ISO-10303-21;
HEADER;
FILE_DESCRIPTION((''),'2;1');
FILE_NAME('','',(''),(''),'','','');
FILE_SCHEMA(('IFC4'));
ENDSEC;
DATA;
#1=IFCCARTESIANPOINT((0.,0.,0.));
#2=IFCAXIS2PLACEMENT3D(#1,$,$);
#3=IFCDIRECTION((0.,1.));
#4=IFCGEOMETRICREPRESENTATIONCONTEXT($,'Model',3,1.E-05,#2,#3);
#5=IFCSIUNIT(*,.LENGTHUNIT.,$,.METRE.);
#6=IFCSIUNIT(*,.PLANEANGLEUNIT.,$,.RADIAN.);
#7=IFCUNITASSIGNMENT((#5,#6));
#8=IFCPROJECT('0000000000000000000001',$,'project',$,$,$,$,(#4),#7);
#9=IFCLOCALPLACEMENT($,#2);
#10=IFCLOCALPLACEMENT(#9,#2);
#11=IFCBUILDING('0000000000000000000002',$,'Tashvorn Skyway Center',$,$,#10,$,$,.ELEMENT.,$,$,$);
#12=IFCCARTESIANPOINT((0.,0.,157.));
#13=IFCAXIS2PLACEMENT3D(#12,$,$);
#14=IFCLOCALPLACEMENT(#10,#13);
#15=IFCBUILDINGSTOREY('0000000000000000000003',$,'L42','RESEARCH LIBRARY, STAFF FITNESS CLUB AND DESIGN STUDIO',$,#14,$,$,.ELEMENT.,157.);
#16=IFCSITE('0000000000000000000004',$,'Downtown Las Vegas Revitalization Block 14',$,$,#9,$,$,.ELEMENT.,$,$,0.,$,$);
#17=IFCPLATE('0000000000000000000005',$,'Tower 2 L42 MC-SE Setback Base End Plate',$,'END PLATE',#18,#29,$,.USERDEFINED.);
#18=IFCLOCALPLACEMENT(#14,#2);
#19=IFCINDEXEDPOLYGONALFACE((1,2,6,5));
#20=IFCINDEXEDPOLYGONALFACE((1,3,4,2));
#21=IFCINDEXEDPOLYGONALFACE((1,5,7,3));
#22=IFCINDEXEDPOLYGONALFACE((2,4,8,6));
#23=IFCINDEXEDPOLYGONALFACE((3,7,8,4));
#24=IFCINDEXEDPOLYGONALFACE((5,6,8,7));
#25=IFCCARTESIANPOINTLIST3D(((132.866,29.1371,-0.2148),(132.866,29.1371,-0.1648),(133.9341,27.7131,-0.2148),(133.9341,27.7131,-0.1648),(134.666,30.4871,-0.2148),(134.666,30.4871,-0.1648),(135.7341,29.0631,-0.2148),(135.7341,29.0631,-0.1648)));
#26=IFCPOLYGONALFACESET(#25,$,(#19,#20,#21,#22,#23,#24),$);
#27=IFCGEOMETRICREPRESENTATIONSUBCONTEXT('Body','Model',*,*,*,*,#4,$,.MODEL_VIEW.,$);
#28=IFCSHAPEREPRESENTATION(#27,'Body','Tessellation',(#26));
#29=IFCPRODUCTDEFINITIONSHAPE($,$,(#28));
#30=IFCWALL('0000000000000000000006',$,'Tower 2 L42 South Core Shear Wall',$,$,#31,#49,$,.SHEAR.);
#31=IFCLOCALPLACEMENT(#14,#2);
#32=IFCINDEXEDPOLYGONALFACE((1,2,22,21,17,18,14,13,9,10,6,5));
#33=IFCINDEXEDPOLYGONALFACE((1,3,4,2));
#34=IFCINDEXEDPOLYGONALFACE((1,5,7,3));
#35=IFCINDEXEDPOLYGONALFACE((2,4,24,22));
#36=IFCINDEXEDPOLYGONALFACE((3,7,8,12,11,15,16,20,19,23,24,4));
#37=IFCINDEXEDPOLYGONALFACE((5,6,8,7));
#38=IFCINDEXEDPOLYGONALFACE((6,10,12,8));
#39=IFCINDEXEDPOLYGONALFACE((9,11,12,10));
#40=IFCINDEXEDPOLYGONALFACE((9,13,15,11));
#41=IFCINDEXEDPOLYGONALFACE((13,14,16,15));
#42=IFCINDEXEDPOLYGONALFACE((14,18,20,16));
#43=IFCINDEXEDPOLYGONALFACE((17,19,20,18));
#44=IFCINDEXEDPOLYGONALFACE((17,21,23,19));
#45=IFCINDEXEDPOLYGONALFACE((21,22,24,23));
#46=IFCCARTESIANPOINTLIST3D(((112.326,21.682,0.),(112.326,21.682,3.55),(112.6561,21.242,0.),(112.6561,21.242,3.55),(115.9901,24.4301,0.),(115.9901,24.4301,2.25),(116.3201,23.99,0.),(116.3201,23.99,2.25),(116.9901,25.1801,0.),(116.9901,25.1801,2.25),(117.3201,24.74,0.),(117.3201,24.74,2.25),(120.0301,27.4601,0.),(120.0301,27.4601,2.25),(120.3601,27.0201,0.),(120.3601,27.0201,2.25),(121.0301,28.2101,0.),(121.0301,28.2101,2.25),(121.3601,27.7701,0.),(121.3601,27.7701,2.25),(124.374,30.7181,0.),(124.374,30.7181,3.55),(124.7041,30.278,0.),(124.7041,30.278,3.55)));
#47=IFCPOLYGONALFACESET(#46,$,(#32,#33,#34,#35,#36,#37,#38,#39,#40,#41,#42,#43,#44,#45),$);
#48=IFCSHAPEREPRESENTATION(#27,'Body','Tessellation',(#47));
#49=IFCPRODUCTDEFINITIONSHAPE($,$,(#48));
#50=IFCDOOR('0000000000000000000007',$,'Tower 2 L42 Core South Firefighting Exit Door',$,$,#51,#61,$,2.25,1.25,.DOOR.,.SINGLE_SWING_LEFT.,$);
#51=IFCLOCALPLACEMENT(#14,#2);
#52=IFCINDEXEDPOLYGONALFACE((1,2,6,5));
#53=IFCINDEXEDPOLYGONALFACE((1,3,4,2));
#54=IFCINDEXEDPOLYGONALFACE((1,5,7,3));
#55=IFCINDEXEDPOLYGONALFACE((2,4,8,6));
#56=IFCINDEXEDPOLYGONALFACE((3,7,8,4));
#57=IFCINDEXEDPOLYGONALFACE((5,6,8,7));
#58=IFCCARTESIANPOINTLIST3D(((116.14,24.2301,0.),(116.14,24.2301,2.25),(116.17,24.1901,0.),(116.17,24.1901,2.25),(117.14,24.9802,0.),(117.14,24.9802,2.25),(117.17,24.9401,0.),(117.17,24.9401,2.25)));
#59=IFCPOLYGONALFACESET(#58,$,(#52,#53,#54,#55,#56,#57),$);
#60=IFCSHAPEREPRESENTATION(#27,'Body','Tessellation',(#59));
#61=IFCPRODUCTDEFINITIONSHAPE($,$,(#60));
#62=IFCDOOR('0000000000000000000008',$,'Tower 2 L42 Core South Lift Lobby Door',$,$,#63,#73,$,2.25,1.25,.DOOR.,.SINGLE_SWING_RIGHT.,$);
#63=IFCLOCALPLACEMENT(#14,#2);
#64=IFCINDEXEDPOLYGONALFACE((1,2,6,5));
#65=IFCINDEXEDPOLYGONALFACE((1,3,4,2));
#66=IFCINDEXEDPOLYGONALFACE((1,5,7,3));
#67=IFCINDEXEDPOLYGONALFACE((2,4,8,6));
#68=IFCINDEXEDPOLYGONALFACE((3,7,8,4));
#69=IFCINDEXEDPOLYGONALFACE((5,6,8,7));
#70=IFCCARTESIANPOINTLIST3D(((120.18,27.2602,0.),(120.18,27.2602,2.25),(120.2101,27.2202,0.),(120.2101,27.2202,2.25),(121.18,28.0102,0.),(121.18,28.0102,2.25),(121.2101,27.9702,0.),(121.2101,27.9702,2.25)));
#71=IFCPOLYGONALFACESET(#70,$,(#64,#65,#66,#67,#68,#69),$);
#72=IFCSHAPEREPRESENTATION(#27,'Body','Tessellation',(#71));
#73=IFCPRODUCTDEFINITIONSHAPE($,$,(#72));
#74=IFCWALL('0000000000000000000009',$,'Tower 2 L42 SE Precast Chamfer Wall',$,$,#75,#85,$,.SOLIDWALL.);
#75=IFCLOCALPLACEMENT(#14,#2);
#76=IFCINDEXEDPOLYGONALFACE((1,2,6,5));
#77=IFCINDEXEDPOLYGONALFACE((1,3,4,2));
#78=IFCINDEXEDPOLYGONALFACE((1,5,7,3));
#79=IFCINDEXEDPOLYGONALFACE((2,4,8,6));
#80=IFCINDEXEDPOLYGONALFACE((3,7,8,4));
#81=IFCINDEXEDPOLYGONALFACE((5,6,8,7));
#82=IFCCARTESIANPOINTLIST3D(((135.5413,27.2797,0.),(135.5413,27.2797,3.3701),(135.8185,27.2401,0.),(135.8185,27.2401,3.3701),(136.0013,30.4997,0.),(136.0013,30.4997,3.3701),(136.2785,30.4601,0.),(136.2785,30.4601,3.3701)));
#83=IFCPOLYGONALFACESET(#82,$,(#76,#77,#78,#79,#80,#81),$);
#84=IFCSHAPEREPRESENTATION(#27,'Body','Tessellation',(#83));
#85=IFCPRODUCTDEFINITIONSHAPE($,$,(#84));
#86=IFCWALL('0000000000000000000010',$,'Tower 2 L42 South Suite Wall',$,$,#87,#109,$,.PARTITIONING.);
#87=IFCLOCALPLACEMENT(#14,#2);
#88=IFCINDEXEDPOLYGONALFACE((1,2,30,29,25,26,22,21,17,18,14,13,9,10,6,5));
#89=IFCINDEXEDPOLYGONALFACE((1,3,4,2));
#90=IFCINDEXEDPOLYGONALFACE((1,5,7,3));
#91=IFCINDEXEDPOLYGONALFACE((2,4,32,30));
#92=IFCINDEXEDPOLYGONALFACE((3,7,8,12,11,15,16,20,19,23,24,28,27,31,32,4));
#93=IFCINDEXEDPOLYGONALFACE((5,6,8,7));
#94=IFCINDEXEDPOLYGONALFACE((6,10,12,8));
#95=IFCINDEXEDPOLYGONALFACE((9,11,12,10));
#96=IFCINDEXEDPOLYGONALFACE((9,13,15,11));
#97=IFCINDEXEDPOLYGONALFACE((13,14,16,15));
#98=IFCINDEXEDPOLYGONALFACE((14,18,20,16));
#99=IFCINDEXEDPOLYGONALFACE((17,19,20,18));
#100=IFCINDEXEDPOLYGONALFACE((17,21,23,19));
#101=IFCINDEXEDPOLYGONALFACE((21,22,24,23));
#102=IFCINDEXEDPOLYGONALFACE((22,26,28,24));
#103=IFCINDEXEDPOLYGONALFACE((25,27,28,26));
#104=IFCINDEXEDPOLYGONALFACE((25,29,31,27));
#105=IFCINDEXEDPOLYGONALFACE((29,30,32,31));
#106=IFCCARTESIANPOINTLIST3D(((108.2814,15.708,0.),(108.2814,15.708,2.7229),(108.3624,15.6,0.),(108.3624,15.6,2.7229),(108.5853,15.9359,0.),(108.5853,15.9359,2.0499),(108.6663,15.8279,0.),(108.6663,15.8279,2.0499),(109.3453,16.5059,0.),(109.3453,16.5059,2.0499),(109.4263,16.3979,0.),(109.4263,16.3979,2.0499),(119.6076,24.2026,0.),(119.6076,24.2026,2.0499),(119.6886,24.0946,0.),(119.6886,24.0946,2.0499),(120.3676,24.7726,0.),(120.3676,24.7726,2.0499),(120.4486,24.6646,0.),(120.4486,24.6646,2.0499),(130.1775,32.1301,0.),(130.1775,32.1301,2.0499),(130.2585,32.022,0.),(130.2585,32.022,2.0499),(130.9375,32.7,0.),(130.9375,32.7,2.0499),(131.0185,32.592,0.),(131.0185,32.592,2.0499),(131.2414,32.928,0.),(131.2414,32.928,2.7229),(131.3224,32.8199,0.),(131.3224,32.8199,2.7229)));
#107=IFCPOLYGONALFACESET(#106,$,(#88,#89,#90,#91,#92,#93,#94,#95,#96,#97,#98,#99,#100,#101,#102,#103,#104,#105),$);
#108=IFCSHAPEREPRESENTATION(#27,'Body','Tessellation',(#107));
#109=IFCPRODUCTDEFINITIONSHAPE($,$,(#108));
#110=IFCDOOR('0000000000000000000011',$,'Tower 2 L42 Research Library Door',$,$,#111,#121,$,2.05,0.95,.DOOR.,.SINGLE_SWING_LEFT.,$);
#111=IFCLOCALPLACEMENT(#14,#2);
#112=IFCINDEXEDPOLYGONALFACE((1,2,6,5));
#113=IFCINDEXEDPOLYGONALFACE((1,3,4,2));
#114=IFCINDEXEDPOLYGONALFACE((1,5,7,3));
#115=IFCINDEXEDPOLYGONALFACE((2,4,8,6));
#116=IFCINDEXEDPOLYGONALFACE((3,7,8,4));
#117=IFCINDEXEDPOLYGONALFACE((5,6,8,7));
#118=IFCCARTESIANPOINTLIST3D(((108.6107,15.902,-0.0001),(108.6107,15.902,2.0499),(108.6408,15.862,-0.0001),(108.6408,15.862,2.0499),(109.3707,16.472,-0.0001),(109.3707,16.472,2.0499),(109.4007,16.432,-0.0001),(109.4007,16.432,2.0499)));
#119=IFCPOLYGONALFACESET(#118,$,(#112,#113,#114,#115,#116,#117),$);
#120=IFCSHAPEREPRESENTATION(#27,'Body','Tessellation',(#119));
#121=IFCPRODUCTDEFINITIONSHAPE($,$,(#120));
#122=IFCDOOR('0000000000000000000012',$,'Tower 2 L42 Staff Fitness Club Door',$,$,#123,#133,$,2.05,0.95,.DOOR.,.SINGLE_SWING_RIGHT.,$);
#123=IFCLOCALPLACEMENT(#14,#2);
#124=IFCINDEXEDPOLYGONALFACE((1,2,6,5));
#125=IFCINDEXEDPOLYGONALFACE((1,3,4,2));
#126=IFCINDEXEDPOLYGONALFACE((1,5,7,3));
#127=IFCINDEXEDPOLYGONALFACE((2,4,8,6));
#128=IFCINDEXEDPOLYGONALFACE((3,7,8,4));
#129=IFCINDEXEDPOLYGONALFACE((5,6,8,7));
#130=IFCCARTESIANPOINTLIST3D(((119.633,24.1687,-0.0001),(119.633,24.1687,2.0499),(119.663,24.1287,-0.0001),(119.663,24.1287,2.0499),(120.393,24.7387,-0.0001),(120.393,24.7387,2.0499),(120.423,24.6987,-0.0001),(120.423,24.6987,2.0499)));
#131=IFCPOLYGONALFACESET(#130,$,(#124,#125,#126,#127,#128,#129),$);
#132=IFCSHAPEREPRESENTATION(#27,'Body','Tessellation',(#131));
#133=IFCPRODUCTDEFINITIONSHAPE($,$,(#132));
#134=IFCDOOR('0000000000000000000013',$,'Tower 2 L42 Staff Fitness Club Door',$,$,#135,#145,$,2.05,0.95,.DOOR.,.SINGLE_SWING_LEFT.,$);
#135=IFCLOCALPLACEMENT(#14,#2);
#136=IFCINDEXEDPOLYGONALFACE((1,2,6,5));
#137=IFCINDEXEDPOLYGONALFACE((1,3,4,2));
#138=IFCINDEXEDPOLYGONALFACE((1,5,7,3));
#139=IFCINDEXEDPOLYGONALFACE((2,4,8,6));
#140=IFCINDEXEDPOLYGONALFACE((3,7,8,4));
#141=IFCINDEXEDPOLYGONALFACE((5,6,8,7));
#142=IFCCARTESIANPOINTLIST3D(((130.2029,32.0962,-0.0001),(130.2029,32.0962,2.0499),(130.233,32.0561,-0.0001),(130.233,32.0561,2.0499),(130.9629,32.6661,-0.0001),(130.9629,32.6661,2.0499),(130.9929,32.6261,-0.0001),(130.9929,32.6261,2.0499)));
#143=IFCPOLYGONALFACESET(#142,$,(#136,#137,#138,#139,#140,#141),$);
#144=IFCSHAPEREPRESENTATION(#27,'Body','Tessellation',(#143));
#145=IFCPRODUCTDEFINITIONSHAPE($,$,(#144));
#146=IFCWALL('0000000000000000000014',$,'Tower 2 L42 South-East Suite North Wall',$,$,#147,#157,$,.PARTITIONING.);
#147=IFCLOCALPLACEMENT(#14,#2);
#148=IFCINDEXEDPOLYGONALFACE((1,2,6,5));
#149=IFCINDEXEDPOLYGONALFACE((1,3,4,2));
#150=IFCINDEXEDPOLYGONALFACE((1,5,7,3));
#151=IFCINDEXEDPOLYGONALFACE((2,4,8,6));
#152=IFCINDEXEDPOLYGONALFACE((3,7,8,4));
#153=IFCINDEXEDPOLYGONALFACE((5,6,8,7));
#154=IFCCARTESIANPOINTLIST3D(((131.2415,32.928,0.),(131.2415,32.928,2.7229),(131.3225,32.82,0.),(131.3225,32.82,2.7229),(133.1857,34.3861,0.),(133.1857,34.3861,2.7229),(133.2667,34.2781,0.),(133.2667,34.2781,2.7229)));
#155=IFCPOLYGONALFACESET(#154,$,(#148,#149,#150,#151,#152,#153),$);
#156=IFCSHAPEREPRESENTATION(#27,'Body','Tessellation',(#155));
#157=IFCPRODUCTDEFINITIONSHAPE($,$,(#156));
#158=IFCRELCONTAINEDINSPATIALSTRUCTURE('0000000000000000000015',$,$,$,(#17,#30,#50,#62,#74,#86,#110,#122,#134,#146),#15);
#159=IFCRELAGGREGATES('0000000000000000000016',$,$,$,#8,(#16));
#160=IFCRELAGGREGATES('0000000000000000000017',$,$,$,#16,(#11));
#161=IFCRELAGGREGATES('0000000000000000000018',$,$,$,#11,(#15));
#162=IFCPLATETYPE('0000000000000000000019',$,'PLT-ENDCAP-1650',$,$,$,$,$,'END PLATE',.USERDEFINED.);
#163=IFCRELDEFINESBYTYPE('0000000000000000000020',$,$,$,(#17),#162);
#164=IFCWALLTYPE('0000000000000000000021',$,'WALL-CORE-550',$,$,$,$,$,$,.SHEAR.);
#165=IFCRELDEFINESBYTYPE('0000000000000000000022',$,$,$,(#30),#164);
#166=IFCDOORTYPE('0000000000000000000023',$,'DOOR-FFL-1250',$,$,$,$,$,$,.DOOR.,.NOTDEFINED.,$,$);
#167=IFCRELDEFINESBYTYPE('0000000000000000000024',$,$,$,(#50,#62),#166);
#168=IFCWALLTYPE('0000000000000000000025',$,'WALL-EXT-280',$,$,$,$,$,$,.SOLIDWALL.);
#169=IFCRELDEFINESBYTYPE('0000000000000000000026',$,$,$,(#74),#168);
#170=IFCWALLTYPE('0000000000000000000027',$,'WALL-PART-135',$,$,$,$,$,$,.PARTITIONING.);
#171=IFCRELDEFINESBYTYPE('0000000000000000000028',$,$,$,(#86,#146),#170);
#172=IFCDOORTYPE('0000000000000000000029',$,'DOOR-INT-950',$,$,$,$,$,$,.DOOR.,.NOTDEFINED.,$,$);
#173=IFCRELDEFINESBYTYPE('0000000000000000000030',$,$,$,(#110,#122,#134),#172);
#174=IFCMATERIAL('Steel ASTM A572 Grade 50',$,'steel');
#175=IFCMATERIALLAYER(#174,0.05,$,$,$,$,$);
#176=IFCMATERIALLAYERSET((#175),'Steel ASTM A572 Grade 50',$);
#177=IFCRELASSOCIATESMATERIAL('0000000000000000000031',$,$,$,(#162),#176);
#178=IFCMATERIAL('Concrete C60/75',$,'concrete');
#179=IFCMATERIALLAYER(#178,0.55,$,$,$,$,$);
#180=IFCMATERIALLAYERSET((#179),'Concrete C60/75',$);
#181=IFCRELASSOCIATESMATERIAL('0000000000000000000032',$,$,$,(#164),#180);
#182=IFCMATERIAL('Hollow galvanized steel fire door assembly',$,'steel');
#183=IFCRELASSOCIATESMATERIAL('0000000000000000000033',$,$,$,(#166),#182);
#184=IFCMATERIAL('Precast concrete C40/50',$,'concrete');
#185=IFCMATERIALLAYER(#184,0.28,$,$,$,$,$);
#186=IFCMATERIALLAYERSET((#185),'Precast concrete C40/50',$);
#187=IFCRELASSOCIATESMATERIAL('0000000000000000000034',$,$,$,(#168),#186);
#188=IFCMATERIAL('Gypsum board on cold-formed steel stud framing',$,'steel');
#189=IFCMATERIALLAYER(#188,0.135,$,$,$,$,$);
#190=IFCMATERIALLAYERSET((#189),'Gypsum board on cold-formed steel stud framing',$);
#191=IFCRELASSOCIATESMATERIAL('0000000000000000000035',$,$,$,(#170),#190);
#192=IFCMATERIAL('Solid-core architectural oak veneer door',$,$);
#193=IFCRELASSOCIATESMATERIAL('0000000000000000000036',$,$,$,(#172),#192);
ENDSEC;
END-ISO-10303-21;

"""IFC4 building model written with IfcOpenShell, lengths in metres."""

from ifc_helpers import new_model, si_unit, direction, frame, frame_2d, origin, origin_2d, place, context, subcontext, project, spatial, rectangle, extrude, material, layer, layer_set, type_object, element, fill, save


model = new_model("IFC4")

# Units and contexts
model_context = context("Model", 3, precision=1e-05, world=origin(), true_north=direction((0.0, 1.0)))
body_context = subcontext(model_context, "Body", "Model", "MODEL_VIEW")
ifc_project = project(units=[si_unit("LENGTHUNIT", "METRE"), si_unit("PLANEANGLEUNIT", "RADIAN")], contexts=[model_context])

# Site, building, storey
site_placement = place(None, origin())
site = spatial("IfcSite", under=ifc_project, at=site_placement, Name="Downtown Las Vegas Revitalization Block 14", CompositionType="ELEMENT", RefElevation=0.0)
building_placement = place(site_placement, origin())
building = spatial("IfcBuilding", under=site, at=building_placement, Name="Tashvorn Skyway Center", CompositionType="ELEMENT")
storey_placement = place(building_placement, frame((0.0, 0.0, 157.0)))
storey = spatial("IfcBuildingStorey", under=building, at=storey_placement, Name="L42", Description="RESEARCH LIBRARY, STAFF FITNESS CLUB AND DESIGN STUDIO", CompositionType="ELEMENT", Elevation=157.0)

# Shared definitions
ifc_material_1 = material(Name="Steel ASTM A572 Grade 50", Category="steel")

# Plate
ifc_layer_1 = layer(ifc_material_1, 0.05)
ifc_layer_set_1 = layer_set([ifc_layer_1], Name="Steel ASTM A572 Grade 50")
plate_type = type_object("IfcPlateType", Name="PLT-ENDCAP-1650", ElementType="END PLATE", PredefinedType="USERDEFINED", material=ifc_layer_set_1)
plate_placement = place(storey_placement, frame((134.3, 29.1001, -0.2148), z_axis=(0.0, 0.0, 1.0), x_axis=(0.8, 0.6, 0.0)))
element("IfcPlate", 1, at=plate_placement, inside=storey, type_object=plate_type, Name="Tower 2 L42 MC-SE Setback Base End Plate", ObjectType="END PLATE", PredefinedType="USERDEFINED", context=body_context, shape_type="SweptSolid", body=[
    extrude(rectangle(XDim=2.25, YDim=1.78, at=origin_2d()), origin(), (0.0, 0.0, 1.0), 0.05),
])

# Wall, openings, doors
ifc_material_2 = material(Name="Concrete C60/75", Category="concrete")
ifc_layer_2 = layer(ifc_material_2, 0.55)
ifc_layer_set_2 = layer_set([ifc_layer_2], Name="Concrete C60/75")
wall_type_1 = type_object("IfcWallType", Name="WALL-CORE-550", PredefinedType="SHEAR", material=ifc_layer_set_2)
wall_1_placement = place(storey_placement, frame((124.5391, 30.498, 0.0), z_axis=(0.0, 0.0, 1.0), x_axis=(-0.799998, -0.600003, 0.0)))
wall_1 = element("IfcWall", 2, at=wall_1_placement, inside=storey, type_object=wall_type_1, Name="Tower 2 L42 South Core Shear Wall", PredefinedType="SHEAR", context=body_context, shape_type="SweptSolid", body=[
    extrude(rectangle(XDim=15.0601, YDim=0.55, at=frame_2d((7.53, 0.0))), origin(), (0.0, 0.0, 1.0), 3.55),
])
opening_1_placement = place(wall_1_placement, frame((9.23, 0.0, 0.0)))
opening_1 = element("IfcOpeningElement", 3, at=opening_1_placement, cuts=wall_1, PredefinedType="OPENING", context=body_context, shape_type="SweptSolid", body=[
    extrude(rectangle(XDim=1.25, YDim=2.25, at=frame_2d((0.625, 1.125))), frame((0.0, 0.2849, 0.0), z_axis=(0.0, -1.0, 0.0), x_axis=(1.0, 0.0, 0.0)), (0.0, 0.0, 1.0), 0.5701),
])
opening_2_placement = place(wall_1_placement, frame((4.1799, 0.0, 0.0)))
opening_2 = element("IfcOpeningElement", 4, at=opening_2_placement, cuts=wall_1, PredefinedType="OPENING", context=body_context, shape_type="SweptSolid", body=[
    extrude(rectangle(XDim=1.25, YDim=2.25, at=frame_2d((0.625, 1.125))), frame((0.0, 0.2849, 0.0), z_axis=(0.0, -1.0, 0.0), x_axis=(1.0, 0.0, 0.0)), (0.0, 0.0, 1.0), 0.5701),
])
ifc_material_3 = material(Name="Hollow galvanized steel fire door assembly", Category="steel")
door_type_1 = type_object("IfcDoorType", Name="DOOR-FFL-1250", OperationType="NOTDEFINED", PredefinedType="DOOR", material=ifc_material_3)
door_1_placement = place(opening_1_placement, origin())
door_1 = element("IfcDoor", 5, at=door_1_placement, inside=storey, type_object=door_type_1, Name="Tower 2 L42 Core South Firefighting Exit Door", OperationType="SINGLE_SWING_LEFT", OverallHeight=2.25, OverallWidth=1.25, PredefinedType="DOOR", context=body_context, shape_type="SweptSolid", body=[
    extrude(rectangle(XDim=1.25, YDim=2.25, at=frame_2d((0.625, 1.125))), frame((0.0, 0.0249, 0.0), z_axis=(0.0, -1.0, 0.0), x_axis=(1.0, 0.0, 0.0)), (0.0, 0.0, 1.0), 0.05),
])
fill(opening_1, door_1)
door_2_placement = place(opening_2_placement, origin())
door_2 = element("IfcDoor", 6, at=door_2_placement, inside=storey, type_object=door_type_1, Name="Tower 2 L42 Core South Lift Lobby Door", OperationType="SINGLE_SWING_RIGHT", OverallHeight=2.25, OverallWidth=1.25, PredefinedType="DOOR", context=body_context, shape_type="SweptSolid", body=[
    extrude(rectangle(XDim=1.25, YDim=2.25, at=frame_2d((0.625, 1.125))), frame((0.0, 0.0249, 0.0), z_axis=(0.0, -1.0, 0.0), x_axis=(1.0, 0.0, 0.0)), (0.0, 0.0, 1.0), 0.05),
])
fill(opening_2, door_2)

# Wall
ifc_material_4 = material(Name="Precast concrete C40/50", Category="concrete")
ifc_layer_3 = layer(ifc_material_4, 0.28)
ifc_layer_set_3 = layer_set([ifc_layer_3], Name="Precast concrete C40/50")
wall_type_2 = type_object("IfcWallType", Name="WALL-EXT-280", PredefinedType="SOLIDWALL", material=ifc_layer_set_3)
wall_2_placement = place(storey_placement, frame((136.1399, 30.48, 0.0), z_axis=(0.0, 0.0, 1.0), x_axis=(-0.141411, -0.989951, 0.0)))
element("IfcWall", 7, at=wall_2_placement, inside=storey, type_object=wall_type_2, Name="Tower 2 L42 SE Precast Chamfer Wall", PredefinedType="SOLIDWALL", context=body_context, shape_type="SweptSolid", body=[
    extrude(rectangle(XDim=3.2527, YDim=0.28, at=frame_2d((1.6265, 0.0))), origin(), (0.0, 0.0, 1.0), 3.3701),
])

# Wall, openings, doors
ifc_material_5 = material(Name="Gypsum board on cold-formed steel stud framing", Category="steel")
ifc_layer_4 = layer(ifc_material_5, 0.135)
ifc_layer_set_4 = layer_set([ifc_layer_4], Name="Gypsum board on cold-formed steel stud framing")
wall_type_3 = type_object("IfcWallType", Name="WALL-PART-135", PredefinedType="PARTITIONING", material=ifc_layer_set_4)
wall_3_placement = place(storey_placement, frame((131.282, 32.874, 0.0), z_axis=(0.0, 0.0, 1.0), x_axis=(-0.8, -0.6, 0.0)))
wall_3 = element("IfcWall", 8, at=wall_3_placement, inside=storey, type_object=wall_type_3, Name="Tower 2 L42 South Suite Wall", PredefinedType="PARTITIONING", context=body_context, shape_type="SweptSolid", body=[
    extrude(rectangle(XDim=28.7, YDim=0.135, at=frame_2d((14.3501, 0.0))), origin(), (0.0, 0.0, 1.0), 2.7229),
])
opening_3_placement = place(wall_3_placement, frame((27.3701, 0.0, 0.0)))
opening_3 = element("IfcOpeningElement", 9, at=opening_3_placement, cuts=wall_3, PredefinedType="OPENING", context=body_context, shape_type="SweptSolid", body=[
    extrude(rectangle(XDim=0.95, YDim=2.05, at=frame_2d((0.4751, 1.0249))), frame((0.0, 0.0774, 0.0), z_axis=(0.0, -1.0, 0.0), x_axis=(1.0, 0.0, 0.0)), (0.0, 0.0, 1.0), 0.155),
])
opening_4_placement = place(wall_3_placement, frame((13.5923, 0.0, 0.0)))
opening_4 = element("IfcOpeningElement", 10, at=opening_4_placement, cuts=wall_3, PredefinedType="OPENING", context=body_context, shape_type="SweptSolid", body=[
    extrude(rectangle(XDim=0.95, YDim=2.05, at=frame_2d((0.4751, 1.0249))), frame((0.0, 0.0774, 0.0), z_axis=(0.0, -1.0, 0.0), x_axis=(1.0, 0.0, 0.0)), (0.0, 0.0, 1.0), 0.155),
])
opening_5_placement = place(wall_3_placement, frame((0.3799, 0.0, 0.0)))
opening_5 = element("IfcOpeningElement", 11, at=opening_5_placement, cuts=wall_3, PredefinedType="OPENING", context=body_context, shape_type="SweptSolid", body=[
    extrude(rectangle(XDim=0.95, YDim=2.05, at=frame_2d((0.4751, 1.0249))), frame((0.0, 0.0774, 0.0), z_axis=(0.0, -1.0, 0.0), x_axis=(1.0, 0.0, 0.0)), (0.0, 0.0, 1.0), 0.155),
])
ifc_material_6 = material(Name="Solid-core architectural oak veneer door")
door_type_2 = type_object("IfcDoorType", Name="DOOR-INT-950", OperationType="NOTDEFINED", PredefinedType="DOOR", material=ifc_material_6)
door_3_placement = place(opening_3_placement, origin())
door_3 = element("IfcDoor", 12, at=door_3_placement, inside=storey, type_object=door_type_2, Name="Tower 2 L42 Research Library Door", OperationType="SINGLE_SWING_LEFT", OverallHeight=2.05, OverallWidth=0.95, PredefinedType="DOOR", context=body_context, shape_type="SweptSolid", body=[
    extrude(rectangle(XDim=0.95, YDim=2.05, at=frame_2d((0.4751, 1.0249))), frame((0.0, 0.0249, 0.0), z_axis=(0.0, -1.0, 0.0), x_axis=(1.0, 0.0, 0.0)), (0.0, 0.0, 1.0), 0.05),
])
fill(opening_3, door_3)
door_4_placement = place(opening_4_placement, origin())
door_4 = element("IfcDoor", 13, at=door_4_placement, inside=storey, type_object=door_type_2, Name="Tower 2 L42 Staff Fitness Club Door", OperationType="SINGLE_SWING_RIGHT", OverallHeight=2.05, OverallWidth=0.95, PredefinedType="DOOR", context=body_context, shape_type="SweptSolid", body=[
    extrude(rectangle(XDim=0.95, YDim=2.05, at=frame_2d((0.4751, 1.0249))), frame((0.0, 0.0249, 0.0), z_axis=(0.0, -1.0, 0.0), x_axis=(1.0, 0.0, 0.0)), (0.0, 0.0, 1.0), 0.05),
])
fill(opening_4, door_4)
door_5_placement = place(opening_5_placement, origin())
door_5 = element("IfcDoor", 14, at=door_5_placement, inside=storey, type_object=door_type_2, Name="Tower 2 L42 Staff Fitness Club Door", OperationType="SINGLE_SWING_LEFT", OverallHeight=2.05, OverallWidth=0.95, PredefinedType="DOOR", context=body_context, shape_type="SweptSolid", body=[
    extrude(rectangle(XDim=0.95, YDim=2.05, at=frame_2d((0.4751, 1.0249))), frame((0.0, 0.0249, 0.0), z_axis=(0.0, -1.0, 0.0), x_axis=(1.0, 0.0, 0.0)), (0.0, 0.0, 1.0), 0.05),
])
fill(opening_5, door_5)

# Wall
wall_4_placement = place(storey_placement, frame((131.282, 32.874, 0.0), z_axis=(0.0, 0.0, 1.0), x_axis=(0.800012, 0.599984, 0.0)))
element("IfcWall", 15, at=wall_4_placement, inside=storey, type_object=wall_type_3, Name="Tower 2 L42 South-East Suite North Wall", PredefinedType="PARTITIONING", context=body_context, shape_type="SweptSolid", body=[
    extrude(rectangle(XDim=2.4302, YDim=0.135, at=frame_2d((1.2151, 0.0))), origin(), (0.0, 0.0, 1.0), 2.7229),
])

save(model, "model.ifc")
